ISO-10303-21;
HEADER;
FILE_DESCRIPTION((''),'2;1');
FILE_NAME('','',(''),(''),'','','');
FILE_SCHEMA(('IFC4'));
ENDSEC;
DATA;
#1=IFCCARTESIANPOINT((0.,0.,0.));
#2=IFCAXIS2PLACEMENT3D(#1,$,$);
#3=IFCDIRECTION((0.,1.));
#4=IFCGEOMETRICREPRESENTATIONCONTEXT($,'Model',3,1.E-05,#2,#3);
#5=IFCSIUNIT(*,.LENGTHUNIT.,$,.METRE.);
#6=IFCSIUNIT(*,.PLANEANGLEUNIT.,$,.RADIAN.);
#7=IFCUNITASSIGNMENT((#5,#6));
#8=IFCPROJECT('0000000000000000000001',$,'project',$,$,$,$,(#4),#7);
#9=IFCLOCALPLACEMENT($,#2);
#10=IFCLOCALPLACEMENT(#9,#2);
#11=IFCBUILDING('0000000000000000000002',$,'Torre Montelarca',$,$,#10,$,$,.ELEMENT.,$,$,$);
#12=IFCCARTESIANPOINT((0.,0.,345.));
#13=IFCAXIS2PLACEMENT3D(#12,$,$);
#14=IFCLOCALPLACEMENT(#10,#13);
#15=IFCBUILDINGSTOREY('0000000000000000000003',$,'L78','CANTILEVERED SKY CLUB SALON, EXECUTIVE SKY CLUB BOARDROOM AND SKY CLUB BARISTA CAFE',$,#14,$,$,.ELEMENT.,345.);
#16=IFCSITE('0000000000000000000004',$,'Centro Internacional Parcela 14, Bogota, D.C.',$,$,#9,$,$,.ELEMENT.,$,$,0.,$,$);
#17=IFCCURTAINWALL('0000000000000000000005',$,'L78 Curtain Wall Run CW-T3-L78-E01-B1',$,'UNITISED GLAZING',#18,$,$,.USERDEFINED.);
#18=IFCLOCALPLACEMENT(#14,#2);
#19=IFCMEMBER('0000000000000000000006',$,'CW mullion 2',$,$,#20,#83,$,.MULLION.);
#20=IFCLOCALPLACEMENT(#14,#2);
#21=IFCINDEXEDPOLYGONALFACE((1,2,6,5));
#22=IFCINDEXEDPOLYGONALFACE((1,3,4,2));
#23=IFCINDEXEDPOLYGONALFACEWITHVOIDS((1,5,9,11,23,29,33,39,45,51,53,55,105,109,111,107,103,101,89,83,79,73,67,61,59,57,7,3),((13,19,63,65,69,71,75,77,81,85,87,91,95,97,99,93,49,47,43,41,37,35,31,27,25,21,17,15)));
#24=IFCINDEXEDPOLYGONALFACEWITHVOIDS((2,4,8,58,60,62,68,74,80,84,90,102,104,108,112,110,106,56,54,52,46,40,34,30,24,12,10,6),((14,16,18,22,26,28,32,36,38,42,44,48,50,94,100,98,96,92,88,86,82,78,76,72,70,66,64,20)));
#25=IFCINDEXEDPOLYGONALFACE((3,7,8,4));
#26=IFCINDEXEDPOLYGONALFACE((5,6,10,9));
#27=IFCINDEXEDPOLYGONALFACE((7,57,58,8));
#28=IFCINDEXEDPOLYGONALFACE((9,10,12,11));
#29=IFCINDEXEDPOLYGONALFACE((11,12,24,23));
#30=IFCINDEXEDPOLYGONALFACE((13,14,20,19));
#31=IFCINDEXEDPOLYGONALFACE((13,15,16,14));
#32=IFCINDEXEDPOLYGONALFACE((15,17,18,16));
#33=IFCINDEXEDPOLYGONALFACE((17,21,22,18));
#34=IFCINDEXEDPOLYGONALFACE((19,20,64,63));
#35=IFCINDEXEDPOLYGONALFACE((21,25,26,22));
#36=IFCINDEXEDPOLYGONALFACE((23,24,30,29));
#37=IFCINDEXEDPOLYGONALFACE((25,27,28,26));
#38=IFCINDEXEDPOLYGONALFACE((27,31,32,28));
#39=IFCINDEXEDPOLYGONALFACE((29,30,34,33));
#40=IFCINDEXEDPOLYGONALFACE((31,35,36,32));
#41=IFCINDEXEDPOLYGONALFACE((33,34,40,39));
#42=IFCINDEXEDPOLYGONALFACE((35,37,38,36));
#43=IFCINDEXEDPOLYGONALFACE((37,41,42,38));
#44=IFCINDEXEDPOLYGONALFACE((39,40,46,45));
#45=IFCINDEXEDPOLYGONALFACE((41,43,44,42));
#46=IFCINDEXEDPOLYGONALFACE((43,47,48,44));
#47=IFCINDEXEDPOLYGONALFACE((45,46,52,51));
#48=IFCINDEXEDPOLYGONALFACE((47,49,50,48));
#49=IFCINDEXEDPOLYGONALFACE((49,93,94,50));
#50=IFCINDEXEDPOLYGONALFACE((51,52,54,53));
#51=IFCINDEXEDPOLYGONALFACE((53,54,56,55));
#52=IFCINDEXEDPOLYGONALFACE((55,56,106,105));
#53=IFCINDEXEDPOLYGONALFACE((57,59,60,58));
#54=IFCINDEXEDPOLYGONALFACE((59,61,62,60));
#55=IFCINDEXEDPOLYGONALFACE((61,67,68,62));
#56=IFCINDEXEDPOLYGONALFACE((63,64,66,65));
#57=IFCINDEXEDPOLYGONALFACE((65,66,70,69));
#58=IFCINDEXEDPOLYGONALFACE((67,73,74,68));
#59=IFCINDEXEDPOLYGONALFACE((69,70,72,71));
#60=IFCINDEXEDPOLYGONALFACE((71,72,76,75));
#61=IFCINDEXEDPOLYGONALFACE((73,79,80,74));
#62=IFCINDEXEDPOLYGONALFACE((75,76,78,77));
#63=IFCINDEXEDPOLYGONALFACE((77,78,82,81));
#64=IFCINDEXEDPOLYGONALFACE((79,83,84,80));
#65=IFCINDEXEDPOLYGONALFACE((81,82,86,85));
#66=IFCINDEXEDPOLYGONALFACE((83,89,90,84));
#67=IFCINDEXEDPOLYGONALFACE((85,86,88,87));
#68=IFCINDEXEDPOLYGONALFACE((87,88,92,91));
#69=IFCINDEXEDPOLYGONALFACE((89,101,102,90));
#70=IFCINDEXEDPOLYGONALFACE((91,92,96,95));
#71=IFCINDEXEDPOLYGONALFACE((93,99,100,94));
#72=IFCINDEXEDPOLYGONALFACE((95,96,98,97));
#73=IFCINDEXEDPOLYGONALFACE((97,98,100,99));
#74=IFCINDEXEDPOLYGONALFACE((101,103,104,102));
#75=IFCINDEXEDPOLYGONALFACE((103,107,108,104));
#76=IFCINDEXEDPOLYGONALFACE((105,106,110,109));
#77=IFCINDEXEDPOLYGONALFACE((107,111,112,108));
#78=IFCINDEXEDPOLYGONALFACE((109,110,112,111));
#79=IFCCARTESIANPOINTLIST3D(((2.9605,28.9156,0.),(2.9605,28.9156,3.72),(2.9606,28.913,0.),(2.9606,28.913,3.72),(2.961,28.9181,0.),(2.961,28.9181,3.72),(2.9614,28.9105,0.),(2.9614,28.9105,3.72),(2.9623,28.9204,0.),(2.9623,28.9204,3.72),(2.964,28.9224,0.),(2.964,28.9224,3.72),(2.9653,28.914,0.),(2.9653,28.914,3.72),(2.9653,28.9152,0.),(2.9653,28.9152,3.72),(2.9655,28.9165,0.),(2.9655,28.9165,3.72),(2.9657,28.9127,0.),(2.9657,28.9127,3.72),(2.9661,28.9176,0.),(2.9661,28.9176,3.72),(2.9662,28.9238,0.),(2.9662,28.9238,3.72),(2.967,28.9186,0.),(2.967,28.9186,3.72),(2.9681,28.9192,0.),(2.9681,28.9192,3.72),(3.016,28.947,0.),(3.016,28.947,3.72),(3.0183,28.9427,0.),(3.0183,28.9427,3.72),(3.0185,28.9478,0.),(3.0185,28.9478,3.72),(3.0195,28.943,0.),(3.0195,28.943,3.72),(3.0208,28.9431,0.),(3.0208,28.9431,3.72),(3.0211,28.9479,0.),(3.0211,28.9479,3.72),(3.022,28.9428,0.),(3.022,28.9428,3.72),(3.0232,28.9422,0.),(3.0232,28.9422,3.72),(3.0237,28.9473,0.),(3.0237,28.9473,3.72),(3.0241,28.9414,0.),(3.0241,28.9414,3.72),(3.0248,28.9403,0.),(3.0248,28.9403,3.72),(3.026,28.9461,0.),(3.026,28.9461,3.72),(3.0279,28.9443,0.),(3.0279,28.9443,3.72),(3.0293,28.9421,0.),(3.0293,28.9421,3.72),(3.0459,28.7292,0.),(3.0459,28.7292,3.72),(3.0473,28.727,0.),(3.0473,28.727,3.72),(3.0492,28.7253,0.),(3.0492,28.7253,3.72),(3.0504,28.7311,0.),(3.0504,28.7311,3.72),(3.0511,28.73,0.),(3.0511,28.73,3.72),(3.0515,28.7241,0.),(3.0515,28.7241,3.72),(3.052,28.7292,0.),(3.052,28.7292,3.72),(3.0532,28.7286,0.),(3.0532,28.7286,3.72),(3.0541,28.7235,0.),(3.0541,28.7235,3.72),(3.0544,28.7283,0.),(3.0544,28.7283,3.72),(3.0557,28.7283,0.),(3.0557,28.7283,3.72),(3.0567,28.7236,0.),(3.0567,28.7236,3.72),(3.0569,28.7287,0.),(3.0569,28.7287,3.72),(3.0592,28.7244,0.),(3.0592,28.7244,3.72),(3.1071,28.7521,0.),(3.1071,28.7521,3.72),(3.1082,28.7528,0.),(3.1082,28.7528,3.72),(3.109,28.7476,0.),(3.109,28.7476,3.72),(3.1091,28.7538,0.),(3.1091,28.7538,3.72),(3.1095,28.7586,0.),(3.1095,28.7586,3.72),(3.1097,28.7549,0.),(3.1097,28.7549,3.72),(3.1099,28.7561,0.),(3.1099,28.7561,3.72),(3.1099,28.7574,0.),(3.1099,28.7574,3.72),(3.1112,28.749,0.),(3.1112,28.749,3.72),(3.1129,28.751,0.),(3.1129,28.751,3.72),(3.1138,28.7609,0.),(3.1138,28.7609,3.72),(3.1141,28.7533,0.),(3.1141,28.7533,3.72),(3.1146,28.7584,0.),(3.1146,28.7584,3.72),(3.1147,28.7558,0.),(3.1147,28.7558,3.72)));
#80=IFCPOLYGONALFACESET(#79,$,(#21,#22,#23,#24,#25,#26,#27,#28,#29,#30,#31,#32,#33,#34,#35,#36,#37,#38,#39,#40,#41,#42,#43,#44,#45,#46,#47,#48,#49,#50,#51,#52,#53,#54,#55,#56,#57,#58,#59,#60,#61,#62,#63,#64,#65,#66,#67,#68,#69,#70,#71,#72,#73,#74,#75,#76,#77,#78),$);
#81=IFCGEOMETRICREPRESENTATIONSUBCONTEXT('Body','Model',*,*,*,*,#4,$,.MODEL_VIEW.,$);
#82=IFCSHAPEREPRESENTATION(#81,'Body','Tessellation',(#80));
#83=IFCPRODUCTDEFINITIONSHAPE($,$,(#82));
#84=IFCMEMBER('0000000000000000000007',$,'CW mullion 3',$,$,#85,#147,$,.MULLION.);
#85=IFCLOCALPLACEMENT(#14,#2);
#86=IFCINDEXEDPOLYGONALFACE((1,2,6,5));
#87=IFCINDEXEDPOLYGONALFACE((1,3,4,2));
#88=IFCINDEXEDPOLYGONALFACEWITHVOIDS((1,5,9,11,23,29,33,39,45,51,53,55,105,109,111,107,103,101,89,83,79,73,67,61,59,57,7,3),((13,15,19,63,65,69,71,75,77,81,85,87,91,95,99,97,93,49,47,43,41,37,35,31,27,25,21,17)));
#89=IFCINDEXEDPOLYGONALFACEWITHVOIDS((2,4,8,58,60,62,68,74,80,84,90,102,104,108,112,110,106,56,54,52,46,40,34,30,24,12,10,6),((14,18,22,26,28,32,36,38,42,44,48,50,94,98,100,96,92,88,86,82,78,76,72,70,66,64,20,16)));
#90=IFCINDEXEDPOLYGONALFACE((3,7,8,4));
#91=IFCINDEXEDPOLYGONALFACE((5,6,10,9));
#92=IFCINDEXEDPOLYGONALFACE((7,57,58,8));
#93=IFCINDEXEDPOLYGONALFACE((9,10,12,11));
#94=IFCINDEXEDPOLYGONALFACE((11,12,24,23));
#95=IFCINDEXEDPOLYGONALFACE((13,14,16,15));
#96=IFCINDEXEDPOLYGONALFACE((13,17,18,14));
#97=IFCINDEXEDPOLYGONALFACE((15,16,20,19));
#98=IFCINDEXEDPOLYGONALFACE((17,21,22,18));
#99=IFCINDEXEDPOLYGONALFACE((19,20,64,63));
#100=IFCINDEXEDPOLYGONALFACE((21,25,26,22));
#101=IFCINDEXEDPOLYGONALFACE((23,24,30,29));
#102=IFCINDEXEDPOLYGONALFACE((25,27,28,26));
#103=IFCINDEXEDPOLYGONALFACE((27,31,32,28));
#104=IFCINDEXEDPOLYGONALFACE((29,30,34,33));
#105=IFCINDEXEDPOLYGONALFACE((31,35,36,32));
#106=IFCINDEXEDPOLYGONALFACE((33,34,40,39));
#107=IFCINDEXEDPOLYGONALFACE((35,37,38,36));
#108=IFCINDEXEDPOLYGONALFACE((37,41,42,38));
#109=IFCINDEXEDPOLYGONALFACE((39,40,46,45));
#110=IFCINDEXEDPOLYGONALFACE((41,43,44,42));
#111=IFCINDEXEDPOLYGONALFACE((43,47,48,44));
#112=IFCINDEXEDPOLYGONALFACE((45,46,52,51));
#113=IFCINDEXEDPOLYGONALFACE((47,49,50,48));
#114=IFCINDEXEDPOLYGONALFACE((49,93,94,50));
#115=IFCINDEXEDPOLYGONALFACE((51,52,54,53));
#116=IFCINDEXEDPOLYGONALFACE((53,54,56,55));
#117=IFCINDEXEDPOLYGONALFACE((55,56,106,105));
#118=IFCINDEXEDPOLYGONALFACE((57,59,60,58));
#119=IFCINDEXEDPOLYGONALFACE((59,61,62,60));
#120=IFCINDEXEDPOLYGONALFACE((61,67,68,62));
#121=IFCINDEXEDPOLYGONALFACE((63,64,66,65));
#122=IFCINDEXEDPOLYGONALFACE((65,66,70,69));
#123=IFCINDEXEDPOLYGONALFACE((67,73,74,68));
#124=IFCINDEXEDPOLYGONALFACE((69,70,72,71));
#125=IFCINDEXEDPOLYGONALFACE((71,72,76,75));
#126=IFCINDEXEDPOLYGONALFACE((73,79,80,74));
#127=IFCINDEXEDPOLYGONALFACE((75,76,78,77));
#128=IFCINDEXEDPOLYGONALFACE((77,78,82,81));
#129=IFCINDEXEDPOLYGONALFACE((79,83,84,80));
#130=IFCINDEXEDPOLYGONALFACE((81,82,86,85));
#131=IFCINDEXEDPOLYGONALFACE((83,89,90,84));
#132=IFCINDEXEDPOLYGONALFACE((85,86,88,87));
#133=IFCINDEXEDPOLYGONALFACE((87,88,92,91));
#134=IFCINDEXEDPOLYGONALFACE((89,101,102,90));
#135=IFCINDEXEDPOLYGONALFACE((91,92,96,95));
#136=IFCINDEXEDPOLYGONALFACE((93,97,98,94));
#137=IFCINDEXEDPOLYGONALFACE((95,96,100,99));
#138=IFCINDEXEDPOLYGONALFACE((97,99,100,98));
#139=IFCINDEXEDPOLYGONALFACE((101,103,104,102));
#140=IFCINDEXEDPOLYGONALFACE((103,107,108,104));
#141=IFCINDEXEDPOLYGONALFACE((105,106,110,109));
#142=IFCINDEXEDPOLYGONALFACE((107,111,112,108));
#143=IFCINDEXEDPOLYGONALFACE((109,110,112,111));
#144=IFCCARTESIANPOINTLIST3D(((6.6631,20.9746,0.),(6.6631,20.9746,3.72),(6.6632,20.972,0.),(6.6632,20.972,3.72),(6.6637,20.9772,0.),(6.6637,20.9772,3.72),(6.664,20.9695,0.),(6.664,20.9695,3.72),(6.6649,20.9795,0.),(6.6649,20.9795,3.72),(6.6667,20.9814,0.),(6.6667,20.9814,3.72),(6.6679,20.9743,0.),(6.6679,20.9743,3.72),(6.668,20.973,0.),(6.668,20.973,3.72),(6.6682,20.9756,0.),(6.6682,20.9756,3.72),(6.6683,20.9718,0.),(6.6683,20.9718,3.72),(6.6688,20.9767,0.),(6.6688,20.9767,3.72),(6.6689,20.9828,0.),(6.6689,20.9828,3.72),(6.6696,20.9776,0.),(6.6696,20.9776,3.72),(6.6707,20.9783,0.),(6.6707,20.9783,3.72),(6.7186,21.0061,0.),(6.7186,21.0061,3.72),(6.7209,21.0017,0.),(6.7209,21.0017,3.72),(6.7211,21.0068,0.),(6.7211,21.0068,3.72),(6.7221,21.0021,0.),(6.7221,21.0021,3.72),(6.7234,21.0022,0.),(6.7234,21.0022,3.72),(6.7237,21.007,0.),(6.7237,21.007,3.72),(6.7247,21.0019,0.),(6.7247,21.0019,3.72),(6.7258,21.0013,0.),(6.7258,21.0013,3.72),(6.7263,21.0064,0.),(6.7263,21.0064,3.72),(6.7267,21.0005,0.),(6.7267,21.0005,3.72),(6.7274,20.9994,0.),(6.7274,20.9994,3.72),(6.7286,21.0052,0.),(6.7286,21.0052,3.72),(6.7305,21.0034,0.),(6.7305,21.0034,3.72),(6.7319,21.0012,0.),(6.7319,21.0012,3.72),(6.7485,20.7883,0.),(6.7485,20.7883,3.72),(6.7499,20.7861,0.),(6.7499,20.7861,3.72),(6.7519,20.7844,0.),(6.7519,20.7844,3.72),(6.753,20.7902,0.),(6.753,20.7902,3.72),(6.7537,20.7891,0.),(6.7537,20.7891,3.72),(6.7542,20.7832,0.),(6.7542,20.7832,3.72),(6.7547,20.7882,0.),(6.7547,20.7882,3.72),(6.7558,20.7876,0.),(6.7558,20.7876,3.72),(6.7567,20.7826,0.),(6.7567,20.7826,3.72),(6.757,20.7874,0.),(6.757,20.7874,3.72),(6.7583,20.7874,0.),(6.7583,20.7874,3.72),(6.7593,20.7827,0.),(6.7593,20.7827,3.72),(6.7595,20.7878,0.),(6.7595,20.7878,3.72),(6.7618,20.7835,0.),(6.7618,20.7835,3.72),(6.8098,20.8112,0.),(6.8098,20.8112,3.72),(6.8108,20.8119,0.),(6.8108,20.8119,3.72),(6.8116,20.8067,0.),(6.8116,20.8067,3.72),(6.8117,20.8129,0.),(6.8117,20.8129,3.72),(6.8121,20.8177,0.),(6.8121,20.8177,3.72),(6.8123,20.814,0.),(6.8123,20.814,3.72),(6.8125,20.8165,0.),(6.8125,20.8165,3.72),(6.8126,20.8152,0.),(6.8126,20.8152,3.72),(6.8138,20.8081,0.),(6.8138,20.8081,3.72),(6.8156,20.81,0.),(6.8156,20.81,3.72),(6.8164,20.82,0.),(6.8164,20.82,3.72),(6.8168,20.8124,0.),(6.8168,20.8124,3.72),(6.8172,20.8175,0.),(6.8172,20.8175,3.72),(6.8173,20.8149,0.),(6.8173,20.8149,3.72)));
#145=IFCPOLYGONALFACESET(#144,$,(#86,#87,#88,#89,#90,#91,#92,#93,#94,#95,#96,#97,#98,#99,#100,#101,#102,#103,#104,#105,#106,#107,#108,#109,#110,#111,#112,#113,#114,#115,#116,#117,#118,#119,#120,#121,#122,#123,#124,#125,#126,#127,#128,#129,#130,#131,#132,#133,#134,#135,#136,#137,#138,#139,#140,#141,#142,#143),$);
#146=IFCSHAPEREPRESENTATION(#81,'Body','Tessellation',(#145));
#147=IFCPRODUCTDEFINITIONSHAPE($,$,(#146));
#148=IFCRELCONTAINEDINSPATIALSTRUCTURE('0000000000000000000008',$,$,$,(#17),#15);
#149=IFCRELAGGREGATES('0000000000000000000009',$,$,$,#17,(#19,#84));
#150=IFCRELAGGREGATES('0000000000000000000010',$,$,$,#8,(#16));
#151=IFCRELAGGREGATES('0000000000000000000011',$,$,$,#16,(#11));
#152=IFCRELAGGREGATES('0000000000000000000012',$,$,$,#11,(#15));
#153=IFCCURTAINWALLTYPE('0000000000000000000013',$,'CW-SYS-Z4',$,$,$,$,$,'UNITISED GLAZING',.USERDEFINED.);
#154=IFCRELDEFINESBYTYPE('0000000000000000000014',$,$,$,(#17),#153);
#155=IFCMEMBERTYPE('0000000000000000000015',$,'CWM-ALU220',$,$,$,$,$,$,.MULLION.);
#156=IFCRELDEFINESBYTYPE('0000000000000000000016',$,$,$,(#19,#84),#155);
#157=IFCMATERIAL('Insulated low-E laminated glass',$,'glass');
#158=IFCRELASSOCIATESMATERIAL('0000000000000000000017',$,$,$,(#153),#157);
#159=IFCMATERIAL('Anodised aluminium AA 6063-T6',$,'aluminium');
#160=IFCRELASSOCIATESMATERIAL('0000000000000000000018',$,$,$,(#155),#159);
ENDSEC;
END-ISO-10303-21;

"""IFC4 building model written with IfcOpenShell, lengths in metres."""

from ifc_helpers import new_model, si_unit, direction, frame, origin, origin_2d, place, context, subcontext, project, spatial, hollow_rectangle, extrude, source, transform, mapped, material, material_profile, profile_set, type_object, element, aggregate, save


model = new_model("IFC4")

# Units and contexts
model_context = context("Model", 3, precision=1e-05, world=origin(), true_north=direction((0.0, 1.0)))
body_context = subcontext(model_context, "Body", "Model", "MODEL_VIEW")
ifc_project = project(units=[si_unit("LENGTHUNIT", "METRE"), si_unit("PLANEANGLEUNIT", "RADIAN")], contexts=[model_context])

# Site, building, storey
site_placement = place(None, origin())
site = spatial("IfcSite", under=ifc_project, at=site_placement, Name="Centro Internacional Parcela 14, Bogota, D.C.", CompositionType="ELEMENT", RefElevation=0.0)
building_placement = place(site_placement, origin())
building = spatial("IfcBuilding", under=site, at=building_placement, Name="Torre Montelarca", CompositionType="ELEMENT")
storey_placement = place(building_placement, frame((0.0, 0.0, 345.0)))
storey = spatial("IfcBuildingStorey", under=building, at=storey_placement, Name="L78", Description="CANTILEVERED SKY CLUB SALON, EXECUTIVE SKY CLUB BOARDROOM AND SKY CLUB BARISTA CAFE", CompositionType="ELEMENT", Elevation=345.0)

# Curtain wall, members
ifc_material_1 = material(Name="Insulated low-E laminated glass", Category="glass")
curtain_wall_type = type_object("IfcCurtainWallType", Name="CW-SYS-Z4", ElementType="UNITISED GLAZING", PredefinedType="USERDEFINED", material=ifc_material_1)
ifc_material_2 = material(Name="Anodised aluminium AA 6063-T6", Category="aluminium")
curtain_wall_1_placement = place(storey_placement, origin())
curtain_wall_1 = element("IfcCurtainWall", 1, at=curtain_wall_1_placement, inside=storey, type_object=curtain_wall_type, Name="L78 Curtain Wall Run CW-T3-L78-E01-B1", ObjectType="UNITISED GLAZING", PredefinedType="USERDEFINED")
ifc_material_profile_1 = material_profile(ifc_material_2, hollow_rectangle(XDim=0.075, YDim=0.22, WallThickness=0.0049, InnerFilletRadius=0.0049, OuterFilletRadius=0.01, at=origin_2d()), Name="ALU75X220X5", Category="aluminium")
ifc_profile_set_1 = profile_set([ifc_material_profile_1], Name="Anodised aluminium AA 6063-T6")
member_type_1 = type_object("IfcMemberType", Name="CWM-ALU220", PredefinedType="MULLION", material=ifc_profile_set_1)
shared_shape_1 = source(origin(), body_context, "Body", "SweptSolid", [
    extrude(hollow_rectangle(XDim=0.075, YDim=0.22, WallThickness=0.0049, InnerFilletRadius=0.0049, OuterFilletRadius=0.01, at=origin_2d()), origin(), (0.0, 0.0, 1.0), 3.72),
])
member_1_placement = place(storey_placement, frame((3.0376, 28.8357, 0.0), z_axis=(0.0, 0.0, 1.0), x_axis=(0.90631, 0.422613, 0.0)))
member_1 = element("IfcMember", 2, at=member_1_placement, type_object=member_type_1, Name="CW mullion 2", PredefinedType="MULLION", context=body_context, shape_type="MappedRepresentation", body=[
    mapped(shared_shape_1, transform((0.0, 0.0, 0.0), scale=1.0)),
])
member_2_placement = place(storey_placement, frame((6.7402, 20.8948, 0.0), z_axis=(0.0, 0.0, 1.0), x_axis=(0.90631, 0.422613, 0.0)))
member_2 = element("IfcMember", 3, at=member_2_placement, type_object=member_type_1, Name="CW mullion 3", PredefinedType="MULLION", context=body_context, shape_type="MappedRepresentation", body=[
    mapped(shared_shape_1, transform((0.0, 0.0, 0.0), scale=1.0)),
])

aggregate(curtain_wall_1, [member_1, member_2])

save(model, "model.ifc")
